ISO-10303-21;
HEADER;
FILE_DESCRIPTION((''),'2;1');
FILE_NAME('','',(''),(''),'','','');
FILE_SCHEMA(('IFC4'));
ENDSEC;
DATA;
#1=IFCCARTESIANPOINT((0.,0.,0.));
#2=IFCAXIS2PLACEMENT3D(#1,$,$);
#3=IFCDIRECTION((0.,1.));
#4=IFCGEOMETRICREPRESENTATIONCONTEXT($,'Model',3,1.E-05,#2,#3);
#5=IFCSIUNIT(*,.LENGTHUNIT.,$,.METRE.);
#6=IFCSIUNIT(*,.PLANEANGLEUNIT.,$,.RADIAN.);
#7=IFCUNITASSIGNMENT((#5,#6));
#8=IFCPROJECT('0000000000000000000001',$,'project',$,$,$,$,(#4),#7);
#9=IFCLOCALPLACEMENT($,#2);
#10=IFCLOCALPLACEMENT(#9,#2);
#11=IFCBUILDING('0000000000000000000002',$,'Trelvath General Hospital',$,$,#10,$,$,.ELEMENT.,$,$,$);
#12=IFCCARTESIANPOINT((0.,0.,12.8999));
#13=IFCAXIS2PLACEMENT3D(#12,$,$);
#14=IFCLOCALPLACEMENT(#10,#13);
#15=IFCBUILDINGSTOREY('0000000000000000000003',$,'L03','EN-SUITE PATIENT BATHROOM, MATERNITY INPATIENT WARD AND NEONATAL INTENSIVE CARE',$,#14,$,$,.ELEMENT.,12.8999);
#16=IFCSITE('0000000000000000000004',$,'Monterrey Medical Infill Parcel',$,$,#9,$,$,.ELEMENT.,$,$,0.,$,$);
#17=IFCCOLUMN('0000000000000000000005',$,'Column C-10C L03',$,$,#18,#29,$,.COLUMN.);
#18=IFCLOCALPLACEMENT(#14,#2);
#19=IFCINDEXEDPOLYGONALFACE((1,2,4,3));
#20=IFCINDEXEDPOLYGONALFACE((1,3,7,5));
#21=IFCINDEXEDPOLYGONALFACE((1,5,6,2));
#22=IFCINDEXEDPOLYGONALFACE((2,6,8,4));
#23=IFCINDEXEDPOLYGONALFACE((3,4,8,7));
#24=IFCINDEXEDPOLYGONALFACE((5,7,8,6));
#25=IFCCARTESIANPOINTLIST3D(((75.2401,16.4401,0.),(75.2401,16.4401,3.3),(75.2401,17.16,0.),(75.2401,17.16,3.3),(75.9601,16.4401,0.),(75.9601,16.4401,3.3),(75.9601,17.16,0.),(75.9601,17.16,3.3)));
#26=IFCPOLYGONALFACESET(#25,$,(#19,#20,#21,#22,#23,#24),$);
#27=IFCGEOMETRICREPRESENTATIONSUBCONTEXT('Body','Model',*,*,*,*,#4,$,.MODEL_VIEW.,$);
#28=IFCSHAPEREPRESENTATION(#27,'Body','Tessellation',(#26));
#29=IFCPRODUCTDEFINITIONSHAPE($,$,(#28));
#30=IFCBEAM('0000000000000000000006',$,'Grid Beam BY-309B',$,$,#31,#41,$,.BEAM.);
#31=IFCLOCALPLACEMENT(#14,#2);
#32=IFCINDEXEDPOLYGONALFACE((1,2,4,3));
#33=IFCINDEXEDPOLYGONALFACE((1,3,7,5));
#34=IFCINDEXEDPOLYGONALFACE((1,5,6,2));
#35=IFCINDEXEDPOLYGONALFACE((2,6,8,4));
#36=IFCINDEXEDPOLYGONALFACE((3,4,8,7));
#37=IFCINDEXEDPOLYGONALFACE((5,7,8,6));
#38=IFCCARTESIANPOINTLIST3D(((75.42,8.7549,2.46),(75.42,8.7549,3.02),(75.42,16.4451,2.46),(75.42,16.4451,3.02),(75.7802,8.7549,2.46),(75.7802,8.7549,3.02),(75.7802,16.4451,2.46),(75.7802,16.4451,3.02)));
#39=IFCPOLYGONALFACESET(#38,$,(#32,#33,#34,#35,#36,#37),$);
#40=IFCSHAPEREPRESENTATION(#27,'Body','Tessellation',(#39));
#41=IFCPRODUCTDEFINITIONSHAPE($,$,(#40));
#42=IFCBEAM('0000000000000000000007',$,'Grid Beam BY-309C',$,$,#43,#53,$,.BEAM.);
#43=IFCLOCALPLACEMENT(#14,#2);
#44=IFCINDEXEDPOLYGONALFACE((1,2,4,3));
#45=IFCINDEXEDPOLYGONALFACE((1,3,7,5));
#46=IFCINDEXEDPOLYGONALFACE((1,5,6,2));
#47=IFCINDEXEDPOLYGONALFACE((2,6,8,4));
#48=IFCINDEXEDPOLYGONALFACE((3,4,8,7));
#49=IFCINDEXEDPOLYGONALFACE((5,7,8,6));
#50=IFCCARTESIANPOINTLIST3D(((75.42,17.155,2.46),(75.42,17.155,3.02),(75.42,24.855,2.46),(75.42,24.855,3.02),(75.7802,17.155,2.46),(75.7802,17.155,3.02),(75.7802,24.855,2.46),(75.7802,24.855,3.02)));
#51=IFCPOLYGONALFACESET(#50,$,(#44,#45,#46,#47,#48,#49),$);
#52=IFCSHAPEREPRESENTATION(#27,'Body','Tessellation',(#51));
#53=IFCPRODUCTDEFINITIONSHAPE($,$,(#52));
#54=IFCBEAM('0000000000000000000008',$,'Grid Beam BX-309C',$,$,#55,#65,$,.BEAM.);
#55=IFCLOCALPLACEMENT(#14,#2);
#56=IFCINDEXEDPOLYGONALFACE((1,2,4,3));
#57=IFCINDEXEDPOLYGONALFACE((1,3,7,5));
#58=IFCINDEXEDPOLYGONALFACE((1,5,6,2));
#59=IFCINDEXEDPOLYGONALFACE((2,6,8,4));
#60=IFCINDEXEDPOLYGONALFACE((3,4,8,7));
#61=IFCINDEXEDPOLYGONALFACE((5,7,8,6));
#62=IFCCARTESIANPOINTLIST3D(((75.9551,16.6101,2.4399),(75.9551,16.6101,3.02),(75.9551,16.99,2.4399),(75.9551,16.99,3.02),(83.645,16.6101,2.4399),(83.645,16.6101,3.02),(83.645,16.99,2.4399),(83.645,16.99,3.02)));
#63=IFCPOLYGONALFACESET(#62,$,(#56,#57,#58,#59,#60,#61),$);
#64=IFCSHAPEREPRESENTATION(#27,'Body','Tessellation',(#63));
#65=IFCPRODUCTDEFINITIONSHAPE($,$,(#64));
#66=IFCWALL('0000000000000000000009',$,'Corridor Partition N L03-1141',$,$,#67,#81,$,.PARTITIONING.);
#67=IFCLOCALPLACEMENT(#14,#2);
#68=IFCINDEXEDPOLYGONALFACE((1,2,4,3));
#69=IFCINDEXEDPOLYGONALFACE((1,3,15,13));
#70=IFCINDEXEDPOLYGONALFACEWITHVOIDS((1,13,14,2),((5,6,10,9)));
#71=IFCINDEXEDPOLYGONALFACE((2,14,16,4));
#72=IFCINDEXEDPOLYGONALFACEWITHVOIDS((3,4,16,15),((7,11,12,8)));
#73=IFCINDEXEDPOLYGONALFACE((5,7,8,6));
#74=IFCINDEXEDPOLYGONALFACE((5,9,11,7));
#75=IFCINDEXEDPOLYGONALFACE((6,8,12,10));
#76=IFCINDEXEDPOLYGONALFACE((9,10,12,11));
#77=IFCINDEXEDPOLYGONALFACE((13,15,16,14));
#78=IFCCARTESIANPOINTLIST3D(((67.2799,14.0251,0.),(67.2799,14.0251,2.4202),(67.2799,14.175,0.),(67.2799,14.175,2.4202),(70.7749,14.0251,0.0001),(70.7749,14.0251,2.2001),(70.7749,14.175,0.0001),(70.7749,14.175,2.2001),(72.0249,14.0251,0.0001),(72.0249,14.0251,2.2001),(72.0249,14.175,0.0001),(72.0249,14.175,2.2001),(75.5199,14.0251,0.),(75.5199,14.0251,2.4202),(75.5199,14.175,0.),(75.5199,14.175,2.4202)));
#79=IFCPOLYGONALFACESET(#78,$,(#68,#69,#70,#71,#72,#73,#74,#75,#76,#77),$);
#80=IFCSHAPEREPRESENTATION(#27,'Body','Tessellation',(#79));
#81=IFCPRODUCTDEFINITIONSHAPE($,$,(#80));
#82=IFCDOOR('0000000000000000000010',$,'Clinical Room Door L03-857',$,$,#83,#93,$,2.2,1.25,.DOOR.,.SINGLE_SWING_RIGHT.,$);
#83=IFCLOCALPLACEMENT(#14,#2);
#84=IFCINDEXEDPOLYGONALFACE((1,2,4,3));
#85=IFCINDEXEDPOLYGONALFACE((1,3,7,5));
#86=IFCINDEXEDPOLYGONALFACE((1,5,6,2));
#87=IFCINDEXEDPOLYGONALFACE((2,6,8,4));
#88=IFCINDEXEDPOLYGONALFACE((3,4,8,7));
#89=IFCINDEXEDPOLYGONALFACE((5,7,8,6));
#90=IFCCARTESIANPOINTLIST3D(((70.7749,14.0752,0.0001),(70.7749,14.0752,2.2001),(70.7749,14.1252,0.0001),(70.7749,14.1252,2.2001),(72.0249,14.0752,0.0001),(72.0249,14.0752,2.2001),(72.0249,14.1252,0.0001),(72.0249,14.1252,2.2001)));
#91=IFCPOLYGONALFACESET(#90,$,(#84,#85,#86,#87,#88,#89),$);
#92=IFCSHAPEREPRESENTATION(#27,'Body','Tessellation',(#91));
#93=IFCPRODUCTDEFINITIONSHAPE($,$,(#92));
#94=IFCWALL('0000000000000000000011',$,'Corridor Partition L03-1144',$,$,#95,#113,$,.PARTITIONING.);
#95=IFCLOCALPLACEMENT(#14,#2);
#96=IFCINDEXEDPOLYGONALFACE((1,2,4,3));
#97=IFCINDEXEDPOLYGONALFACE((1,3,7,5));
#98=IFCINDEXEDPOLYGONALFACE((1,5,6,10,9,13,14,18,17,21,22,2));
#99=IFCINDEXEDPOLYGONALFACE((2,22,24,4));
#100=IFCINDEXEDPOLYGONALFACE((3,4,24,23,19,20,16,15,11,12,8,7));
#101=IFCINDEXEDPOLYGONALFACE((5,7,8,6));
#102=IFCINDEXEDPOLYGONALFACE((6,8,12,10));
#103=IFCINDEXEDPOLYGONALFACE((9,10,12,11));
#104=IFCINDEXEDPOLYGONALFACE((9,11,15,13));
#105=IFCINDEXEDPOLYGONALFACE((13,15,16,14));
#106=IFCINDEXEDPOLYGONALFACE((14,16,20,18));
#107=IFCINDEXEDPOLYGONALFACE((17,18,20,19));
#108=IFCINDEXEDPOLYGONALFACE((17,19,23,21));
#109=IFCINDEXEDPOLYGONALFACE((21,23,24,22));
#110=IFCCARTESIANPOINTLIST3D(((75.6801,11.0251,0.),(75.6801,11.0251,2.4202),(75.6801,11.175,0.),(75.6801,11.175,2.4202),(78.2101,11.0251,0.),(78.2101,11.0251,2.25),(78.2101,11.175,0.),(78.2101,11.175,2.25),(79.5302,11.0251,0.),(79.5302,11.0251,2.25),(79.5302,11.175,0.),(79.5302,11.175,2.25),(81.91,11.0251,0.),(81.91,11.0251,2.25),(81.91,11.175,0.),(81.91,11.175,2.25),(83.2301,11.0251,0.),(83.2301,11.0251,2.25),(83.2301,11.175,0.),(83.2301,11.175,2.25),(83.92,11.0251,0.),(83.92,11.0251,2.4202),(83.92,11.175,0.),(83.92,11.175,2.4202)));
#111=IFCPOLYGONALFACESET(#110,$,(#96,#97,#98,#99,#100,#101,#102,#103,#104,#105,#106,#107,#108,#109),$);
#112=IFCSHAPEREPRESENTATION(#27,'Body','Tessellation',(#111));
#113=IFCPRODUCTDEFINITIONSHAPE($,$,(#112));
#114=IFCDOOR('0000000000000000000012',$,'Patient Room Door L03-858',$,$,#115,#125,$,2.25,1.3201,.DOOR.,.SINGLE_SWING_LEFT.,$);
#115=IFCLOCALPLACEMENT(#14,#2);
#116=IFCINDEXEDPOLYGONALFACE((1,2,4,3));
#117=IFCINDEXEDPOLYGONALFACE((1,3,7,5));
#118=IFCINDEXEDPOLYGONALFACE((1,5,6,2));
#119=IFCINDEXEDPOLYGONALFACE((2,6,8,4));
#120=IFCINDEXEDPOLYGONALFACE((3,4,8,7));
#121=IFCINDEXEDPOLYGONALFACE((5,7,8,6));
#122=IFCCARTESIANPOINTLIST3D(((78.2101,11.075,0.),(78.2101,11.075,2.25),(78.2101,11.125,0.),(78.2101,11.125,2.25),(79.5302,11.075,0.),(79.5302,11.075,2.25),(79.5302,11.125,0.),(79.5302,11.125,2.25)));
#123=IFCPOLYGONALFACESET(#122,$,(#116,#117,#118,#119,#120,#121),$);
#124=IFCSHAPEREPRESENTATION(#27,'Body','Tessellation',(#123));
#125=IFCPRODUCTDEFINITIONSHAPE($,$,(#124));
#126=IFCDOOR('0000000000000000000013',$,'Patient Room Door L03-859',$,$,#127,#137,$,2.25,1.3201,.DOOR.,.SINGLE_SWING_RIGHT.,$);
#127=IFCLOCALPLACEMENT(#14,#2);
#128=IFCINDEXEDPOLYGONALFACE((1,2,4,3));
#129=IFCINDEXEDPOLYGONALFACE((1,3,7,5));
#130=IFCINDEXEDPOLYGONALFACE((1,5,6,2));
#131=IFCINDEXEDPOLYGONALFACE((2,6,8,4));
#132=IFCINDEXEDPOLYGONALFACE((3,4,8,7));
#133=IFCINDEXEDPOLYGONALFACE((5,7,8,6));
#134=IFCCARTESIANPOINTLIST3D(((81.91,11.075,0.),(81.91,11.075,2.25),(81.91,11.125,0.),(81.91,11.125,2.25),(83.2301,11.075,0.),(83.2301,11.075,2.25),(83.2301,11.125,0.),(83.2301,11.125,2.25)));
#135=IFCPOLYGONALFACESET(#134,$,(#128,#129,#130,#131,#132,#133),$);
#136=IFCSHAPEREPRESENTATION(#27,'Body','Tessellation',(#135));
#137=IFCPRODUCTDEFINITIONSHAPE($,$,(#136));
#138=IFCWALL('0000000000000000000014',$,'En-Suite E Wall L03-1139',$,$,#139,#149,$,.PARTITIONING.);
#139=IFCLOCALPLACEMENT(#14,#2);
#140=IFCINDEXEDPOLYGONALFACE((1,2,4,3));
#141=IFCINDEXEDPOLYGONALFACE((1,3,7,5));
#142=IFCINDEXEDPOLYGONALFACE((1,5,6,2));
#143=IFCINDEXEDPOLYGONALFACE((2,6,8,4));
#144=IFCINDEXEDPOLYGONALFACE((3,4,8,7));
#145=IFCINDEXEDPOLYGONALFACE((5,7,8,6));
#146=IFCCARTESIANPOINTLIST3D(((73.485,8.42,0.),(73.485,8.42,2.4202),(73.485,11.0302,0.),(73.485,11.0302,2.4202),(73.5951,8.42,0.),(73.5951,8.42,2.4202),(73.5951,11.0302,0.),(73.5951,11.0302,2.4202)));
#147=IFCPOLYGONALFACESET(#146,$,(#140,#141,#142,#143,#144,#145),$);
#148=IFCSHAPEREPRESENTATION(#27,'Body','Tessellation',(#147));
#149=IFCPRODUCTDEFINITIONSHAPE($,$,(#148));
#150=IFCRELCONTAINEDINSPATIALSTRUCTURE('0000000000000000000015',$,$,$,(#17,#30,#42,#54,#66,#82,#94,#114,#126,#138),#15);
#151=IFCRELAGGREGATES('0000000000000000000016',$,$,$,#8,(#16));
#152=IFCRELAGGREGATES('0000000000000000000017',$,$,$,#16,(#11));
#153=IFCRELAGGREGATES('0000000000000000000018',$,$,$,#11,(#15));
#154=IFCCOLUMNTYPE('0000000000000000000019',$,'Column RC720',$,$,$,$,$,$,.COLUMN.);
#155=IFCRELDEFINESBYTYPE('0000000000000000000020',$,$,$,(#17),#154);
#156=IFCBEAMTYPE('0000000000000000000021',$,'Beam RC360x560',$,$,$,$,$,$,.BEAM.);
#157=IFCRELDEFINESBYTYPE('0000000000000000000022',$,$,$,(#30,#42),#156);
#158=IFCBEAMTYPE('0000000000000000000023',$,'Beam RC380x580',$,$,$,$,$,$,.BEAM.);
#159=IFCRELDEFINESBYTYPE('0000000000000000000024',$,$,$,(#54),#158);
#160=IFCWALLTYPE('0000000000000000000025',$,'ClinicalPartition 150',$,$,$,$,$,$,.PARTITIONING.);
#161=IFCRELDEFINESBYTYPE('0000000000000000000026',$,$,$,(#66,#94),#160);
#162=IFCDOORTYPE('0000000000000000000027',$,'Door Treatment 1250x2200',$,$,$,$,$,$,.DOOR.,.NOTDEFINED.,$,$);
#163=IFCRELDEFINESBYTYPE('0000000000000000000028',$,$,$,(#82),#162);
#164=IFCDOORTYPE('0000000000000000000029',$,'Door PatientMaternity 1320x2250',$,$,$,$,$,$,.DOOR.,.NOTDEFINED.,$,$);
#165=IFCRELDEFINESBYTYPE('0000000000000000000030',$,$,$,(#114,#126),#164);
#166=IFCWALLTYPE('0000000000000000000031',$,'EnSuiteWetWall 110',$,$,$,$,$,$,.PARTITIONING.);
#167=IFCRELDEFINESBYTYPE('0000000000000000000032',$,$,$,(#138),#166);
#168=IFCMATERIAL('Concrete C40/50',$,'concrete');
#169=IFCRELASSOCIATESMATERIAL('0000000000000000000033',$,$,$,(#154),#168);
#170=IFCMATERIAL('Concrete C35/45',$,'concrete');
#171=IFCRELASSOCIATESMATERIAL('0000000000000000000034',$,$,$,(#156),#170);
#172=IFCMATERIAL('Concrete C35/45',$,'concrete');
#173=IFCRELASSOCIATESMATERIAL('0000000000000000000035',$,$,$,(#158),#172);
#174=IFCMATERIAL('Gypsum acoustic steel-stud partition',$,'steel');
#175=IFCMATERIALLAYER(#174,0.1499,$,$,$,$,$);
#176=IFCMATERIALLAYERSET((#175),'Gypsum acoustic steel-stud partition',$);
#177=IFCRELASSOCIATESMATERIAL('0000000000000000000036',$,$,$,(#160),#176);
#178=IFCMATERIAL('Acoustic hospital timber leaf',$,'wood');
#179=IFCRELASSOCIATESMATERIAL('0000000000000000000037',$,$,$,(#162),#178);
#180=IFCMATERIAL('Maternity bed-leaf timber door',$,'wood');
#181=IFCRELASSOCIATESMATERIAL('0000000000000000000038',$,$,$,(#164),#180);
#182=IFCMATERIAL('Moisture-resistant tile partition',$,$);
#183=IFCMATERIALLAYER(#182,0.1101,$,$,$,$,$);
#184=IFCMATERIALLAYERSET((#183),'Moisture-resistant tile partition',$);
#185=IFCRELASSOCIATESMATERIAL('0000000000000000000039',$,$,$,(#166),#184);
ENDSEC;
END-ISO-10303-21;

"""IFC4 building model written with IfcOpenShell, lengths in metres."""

from ifc_helpers import new_model, si_unit, direction, frame, frame_2d, origin, origin_2d, place, context, subcontext, project, spatial, rectangle, extrude, material, layer, layer_set, material_profile, profile_set, type_object, element, fill, save


model = new_model("IFC4")

# Units and contexts
model_context = context("Model", 3, precision=1e-05, world=origin(), true_north=direction((0.0, 1.0)))
body_context = subcontext(model_context, "Body", "Model", "MODEL_VIEW")
ifc_project = project(units=[si_unit("LENGTHUNIT", "METRE"), si_unit("PLANEANGLEUNIT", "RADIAN")], contexts=[model_context])

# Site, building, storey
site_placement = place(None, origin())
site = spatial("IfcSite", under=ifc_project, at=site_placement, Name="Monterrey Medical Infill Parcel", CompositionType="ELEMENT", RefElevation=0.0)
building_placement = place(site_placement, origin())
building = spatial("IfcBuilding", under=site, at=building_placement, Name="Trelvath General Hospital", CompositionType="ELEMENT")
storey_placement = place(building_placement, frame((0.0, 0.0, 12.8999)))
storey = spatial("IfcBuildingStorey", under=building, at=storey_placement, Name="L03", Description="EN-SUITE PATIENT BATHROOM, MATERNITY INPATIENT WARD AND NEONATAL INTENSIVE CARE", CompositionType="ELEMENT", Elevation=12.8999)

# Column
ifc_material_1 = material(Name="Concrete C40/50", Category="concrete")
ifc_material_profile_1 = material_profile(ifc_material_1, rectangle(XDim=0.72, YDim=0.72, at=origin_2d()), Name="RC720x720")
ifc_profile_set_1 = profile_set([ifc_material_profile_1], Name="Concrete C40/50")
column_type = type_object("IfcColumnType", Name="Column RC720", PredefinedType="COLUMN", material=ifc_profile_set_1)
column_placement = place(storey_placement, frame((75.6001, 16.8, 0.0), z_axis=(0.0, 0.0, 1.0), x_axis=(1.0, 0.0, 0.0)))
element("IfcColumn", 1, at=column_placement, inside=storey, type_object=column_type, Name="Column C-10C L03", PredefinedType="COLUMN", context=body_context, shape_type="SweptSolid", body=[
    extrude(rectangle(XDim=0.72, YDim=0.72, at=origin_2d()), origin(), (0.0, 0.0, 1.0), 3.3),
])

# Beams
ifc_material_2 = material(Name="Concrete C35/45", Category="concrete")
ifc_material_profile_2 = material_profile(ifc_material_2, rectangle(XDim=0.3601, YDim=0.5601, at=origin_2d()), Name="RCB360x560")
ifc_profile_set_2 = profile_set([ifc_material_profile_2], Name="Concrete C35/45")
beam_type_1 = type_object("IfcBeamType", Name="Beam RC360x560", PredefinedType="BEAM", material=ifc_profile_set_2)
beam_1_placement = place(storey_placement, frame((75.6001, 8.7549, 2.74), z_axis=(0.0, 1.0, 0.0), x_axis=(-1.0, 0.0, 0.0)))
element("IfcBeam", 2, at=beam_1_placement, inside=storey, type_object=beam_type_1, Name="Grid Beam BY-309B", PredefinedType="BEAM", context=body_context, shape_type="SweptSolid", body=[
    extrude(rectangle(XDim=0.3601, YDim=0.5601, at=origin_2d()), origin(), (0.0, 0.0, 1.0), 7.6902),
])
beam_2_placement = place(storey_placement, frame((75.6001, 17.155, 2.74), z_axis=(0.0, 1.0, 0.0), x_axis=(-1.0, 0.0, 0.0)))
element("IfcBeam", 3, at=beam_2_placement, inside=storey, type_object=beam_type_1, Name="Grid Beam BY-309C", PredefinedType="BEAM", context=body_context, shape_type="SweptSolid", body=[
    extrude(rectangle(XDim=0.3601, YDim=0.5601, at=origin_2d()), origin(), (0.0, 0.0, 1.0), 7.7),
])
ifc_material_3 = material(Name="Concrete C35/45", Category="concrete")
ifc_material_profile_3 = material_profile(ifc_material_3, rectangle(XDim=0.3799, YDim=0.5801, at=origin_2d()), Name="RCB380x580")
ifc_profile_set_3 = profile_set([ifc_material_profile_3], Name="Concrete C35/45")
beam_type_2 = type_object("IfcBeamType", Name="Beam RC380x580", PredefinedType="BEAM", material=ifc_profile_set_3)
beam_3_placement = place(storey_placement, frame((75.9551, 16.8, 2.73), z_axis=(1.0, 0.0, 0.0), x_axis=(0.0, 1.0, 0.0)))
element("IfcBeam", 4, at=beam_3_placement, inside=storey, type_object=beam_type_2, Name="Grid Beam BX-309C", PredefinedType="BEAM", context=body_context, shape_type="SweptSolid", body=[
    extrude(rectangle(XDim=0.3799, YDim=0.5801, at=origin_2d()), origin(), (0.0, 0.0, 1.0), 7.6899),
])

# Wall, opening, door
ifc_material_4 = material(Name="Gypsum acoustic steel-stud partition", Category="steel")
ifc_layer_1 = layer(ifc_material_4, 0.1499)
ifc_layer_set_1 = layer_set([ifc_layer_1], Name="Gypsum acoustic steel-stud partition")
wall_type_1 = type_object("IfcWallType", Name="ClinicalPartition 150", PredefinedType="PARTITIONING", material=ifc_layer_set_1)
wall_1_placement = place(storey_placement, frame((75.52, 14.1001, 0.0), z_axis=(0.0, 0.0, 1.0), x_axis=(-1.0, 0.0, 0.0)))
wall_1 = element("IfcWall", 5, at=wall_1_placement, inside=storey, type_object=wall_type_1, Name="Corridor Partition N L03-1141", PredefinedType="PARTITIONING", context=body_context, shape_type="SweptSolid", body=[
    extrude(rectangle(XDim=8.24, YDim=0.1499, at=frame_2d((4.1201, 0.0))), origin(), (0.0, 0.0, 1.0), 2.4202),
])
opening_1_placement = place(wall_1_placement, frame((3.4951, 0.0, 0.0)))
opening_1 = element("IfcOpeningElement", 6, at=opening_1_placement, cuts=wall_1, PredefinedType="OPENING", context=body_context, shape_type="SweptSolid", body=[
    extrude(rectangle(XDim=1.25, YDim=2.2, at=frame_2d((0.625, 1.1001))), frame((0.0, 0.085, 0.0), z_axis=(0.0, -1.0, 0.0), x_axis=(1.0, 0.0, 0.0)), (0.0, 0.0, 1.0), 0.1699),
])
ifc_material_5 = material(Name="Acoustic hospital timber leaf", Category="wood")
door_type_1 = type_object("IfcDoorType", Name="Door Treatment 1250x2200", OperationType="NOTDEFINED", PredefinedType="DOOR", material=ifc_material_5)
door_1_placement = place(opening_1_placement, origin())
door_1 = element("IfcDoor", 7, at=door_1_placement, inside=storey, type_object=door_type_1, Name="Clinical Room Door L03-857", OperationType="SINGLE_SWING_RIGHT", OverallHeight=2.2, OverallWidth=1.25, PredefinedType="DOOR", context=body_context, shape_type="SweptSolid", body=[
    extrude(rectangle(XDim=1.25, YDim=2.2, at=frame_2d((0.625, 1.1001))), frame((0.0, 0.0249, 0.0), z_axis=(0.0, -1.0, 0.0), x_axis=(1.0, 0.0, 0.0)), (0.0, 0.0, 1.0), 0.05),
])
fill(opening_1, door_1)

# Wall, openings, doors
wall_2_placement = place(storey_placement, frame((75.6799, 11.1001, 0.0), z_axis=(0.0, 0.0, 1.0), x_axis=(1.0, 0.0, 0.0)))
wall_2 = element("IfcWall", 8, at=wall_2_placement, inside=storey, type_object=wall_type_1, Name="Corridor Partition L03-1144", PredefinedType="PARTITIONING", context=body_context, shape_type="SweptSolid", body=[
    extrude(rectangle(XDim=8.24, YDim=0.1499, at=frame_2d((4.1201, 0.0))), origin(), (0.0, 0.0, 1.0), 2.4202),
])
opening_2_placement = place(wall_2_placement, frame((2.53, 0.0, 0.0)))
opening_2 = element("IfcOpeningElement", 9, at=opening_2_placement, cuts=wall_2, PredefinedType="OPENING", context=body_context, shape_type="SweptSolid", body=[
    extrude(rectangle(XDim=1.3201, YDim=2.25, at=frame_2d((0.6602, 1.125))), frame((0.0, 0.085, 0.0), z_axis=(0.0, -1.0, 0.0), x_axis=(1.0, 0.0, 0.0)), (0.0, 0.0, 1.0), 0.1699),
])
opening_3_placement = place(wall_2_placement, frame((6.23, 0.0, 0.0)))
opening_3 = element("IfcOpeningElement", 10, at=opening_3_placement, cuts=wall_2, PredefinedType="OPENING", context=body_context, shape_type="SweptSolid", body=[
    extrude(rectangle(XDim=1.3201, YDim=2.25, at=frame_2d((0.6602, 1.125))), frame((0.0, 0.085, 0.0), z_axis=(0.0, -1.0, 0.0), x_axis=(1.0, 0.0, 0.0)), (0.0, 0.0, 1.0), 0.1699),
])
ifc_material_6 = material(Name="Maternity bed-leaf timber door", Category="wood")
door_type_2 = type_object("IfcDoorType", Name="Door PatientMaternity 1320x2250", OperationType="NOTDEFINED", PredefinedType="DOOR", material=ifc_material_6)
door_2_placement = place(opening_2_placement, origin())
door_2 = element("IfcDoor", 11, at=door_2_placement, inside=storey, type_object=door_type_2, Name="Patient Room Door L03-858", OperationType="SINGLE_SWING_LEFT", OverallHeight=2.25, OverallWidth=1.3201, PredefinedType="DOOR", context=body_context, shape_type="SweptSolid", body=[
    extrude(rectangle(XDim=1.3201, YDim=2.25, at=frame_2d((0.6602, 1.125))), frame((0.0, 0.0249, 0.0), z_axis=(0.0, -1.0, 0.0), x_axis=(1.0, 0.0, 0.0)), (0.0, 0.0, 1.0), 0.05),
])
fill(opening_2, door_2)
door_3_placement = place(opening_3_placement, origin())
door_3 = element("IfcDoor", 12, at=door_3_placement, inside=storey, type_object=door_type_2, Name="Patient Room Door L03-859", OperationType="SINGLE_SWING_RIGHT", OverallHeight=2.25, OverallWidth=1.3201, PredefinedType="DOOR", context=body_context, shape_type="SweptSolid", body=[
    extrude(rectangle(XDim=1.3201, YDim=2.25, at=frame_2d((0.6602, 1.125))), frame((0.0, 0.0249, 0.0), z_axis=(0.0, -1.0, 0.0), x_axis=(1.0, 0.0, 0.0)), (0.0, 0.0, 1.0), 0.05),
])
fill(opening_3, door_3)

# Wall
ifc_material_7 = material(Name="Moisture-resistant tile partition")
ifc_layer_2 = layer(ifc_material_7, 0.1101)
ifc_layer_set_2 = layer_set([ifc_layer_2], Name="Moisture-resistant tile partition")
wall_type_2 = type_object("IfcWallType", Name="EnSuiteWetWall 110", PredefinedType="PARTITIONING", material=ifc_layer_set_2)
wall_3_placement = place(storey_placement, frame((73.54, 8.4199, 0.0), z_axis=(0.0, 0.0, 1.0), x_axis=(0.0, 1.0, 0.0)))
element("IfcWall", 13, at=wall_3_placement, inside=storey, type_object=wall_type_2, Name="En-Suite E Wall L03-1139", PredefinedType="PARTITIONING", context=body_context, shape_type="SweptSolid", body=[
    extrude(rectangle(XDim=2.6101, YDim=0.1101, at=frame_2d((1.3052, 0.0))), origin(), (0.0, 0.0, 1.0), 2.4202),
])

save(model, "model.ifc")
